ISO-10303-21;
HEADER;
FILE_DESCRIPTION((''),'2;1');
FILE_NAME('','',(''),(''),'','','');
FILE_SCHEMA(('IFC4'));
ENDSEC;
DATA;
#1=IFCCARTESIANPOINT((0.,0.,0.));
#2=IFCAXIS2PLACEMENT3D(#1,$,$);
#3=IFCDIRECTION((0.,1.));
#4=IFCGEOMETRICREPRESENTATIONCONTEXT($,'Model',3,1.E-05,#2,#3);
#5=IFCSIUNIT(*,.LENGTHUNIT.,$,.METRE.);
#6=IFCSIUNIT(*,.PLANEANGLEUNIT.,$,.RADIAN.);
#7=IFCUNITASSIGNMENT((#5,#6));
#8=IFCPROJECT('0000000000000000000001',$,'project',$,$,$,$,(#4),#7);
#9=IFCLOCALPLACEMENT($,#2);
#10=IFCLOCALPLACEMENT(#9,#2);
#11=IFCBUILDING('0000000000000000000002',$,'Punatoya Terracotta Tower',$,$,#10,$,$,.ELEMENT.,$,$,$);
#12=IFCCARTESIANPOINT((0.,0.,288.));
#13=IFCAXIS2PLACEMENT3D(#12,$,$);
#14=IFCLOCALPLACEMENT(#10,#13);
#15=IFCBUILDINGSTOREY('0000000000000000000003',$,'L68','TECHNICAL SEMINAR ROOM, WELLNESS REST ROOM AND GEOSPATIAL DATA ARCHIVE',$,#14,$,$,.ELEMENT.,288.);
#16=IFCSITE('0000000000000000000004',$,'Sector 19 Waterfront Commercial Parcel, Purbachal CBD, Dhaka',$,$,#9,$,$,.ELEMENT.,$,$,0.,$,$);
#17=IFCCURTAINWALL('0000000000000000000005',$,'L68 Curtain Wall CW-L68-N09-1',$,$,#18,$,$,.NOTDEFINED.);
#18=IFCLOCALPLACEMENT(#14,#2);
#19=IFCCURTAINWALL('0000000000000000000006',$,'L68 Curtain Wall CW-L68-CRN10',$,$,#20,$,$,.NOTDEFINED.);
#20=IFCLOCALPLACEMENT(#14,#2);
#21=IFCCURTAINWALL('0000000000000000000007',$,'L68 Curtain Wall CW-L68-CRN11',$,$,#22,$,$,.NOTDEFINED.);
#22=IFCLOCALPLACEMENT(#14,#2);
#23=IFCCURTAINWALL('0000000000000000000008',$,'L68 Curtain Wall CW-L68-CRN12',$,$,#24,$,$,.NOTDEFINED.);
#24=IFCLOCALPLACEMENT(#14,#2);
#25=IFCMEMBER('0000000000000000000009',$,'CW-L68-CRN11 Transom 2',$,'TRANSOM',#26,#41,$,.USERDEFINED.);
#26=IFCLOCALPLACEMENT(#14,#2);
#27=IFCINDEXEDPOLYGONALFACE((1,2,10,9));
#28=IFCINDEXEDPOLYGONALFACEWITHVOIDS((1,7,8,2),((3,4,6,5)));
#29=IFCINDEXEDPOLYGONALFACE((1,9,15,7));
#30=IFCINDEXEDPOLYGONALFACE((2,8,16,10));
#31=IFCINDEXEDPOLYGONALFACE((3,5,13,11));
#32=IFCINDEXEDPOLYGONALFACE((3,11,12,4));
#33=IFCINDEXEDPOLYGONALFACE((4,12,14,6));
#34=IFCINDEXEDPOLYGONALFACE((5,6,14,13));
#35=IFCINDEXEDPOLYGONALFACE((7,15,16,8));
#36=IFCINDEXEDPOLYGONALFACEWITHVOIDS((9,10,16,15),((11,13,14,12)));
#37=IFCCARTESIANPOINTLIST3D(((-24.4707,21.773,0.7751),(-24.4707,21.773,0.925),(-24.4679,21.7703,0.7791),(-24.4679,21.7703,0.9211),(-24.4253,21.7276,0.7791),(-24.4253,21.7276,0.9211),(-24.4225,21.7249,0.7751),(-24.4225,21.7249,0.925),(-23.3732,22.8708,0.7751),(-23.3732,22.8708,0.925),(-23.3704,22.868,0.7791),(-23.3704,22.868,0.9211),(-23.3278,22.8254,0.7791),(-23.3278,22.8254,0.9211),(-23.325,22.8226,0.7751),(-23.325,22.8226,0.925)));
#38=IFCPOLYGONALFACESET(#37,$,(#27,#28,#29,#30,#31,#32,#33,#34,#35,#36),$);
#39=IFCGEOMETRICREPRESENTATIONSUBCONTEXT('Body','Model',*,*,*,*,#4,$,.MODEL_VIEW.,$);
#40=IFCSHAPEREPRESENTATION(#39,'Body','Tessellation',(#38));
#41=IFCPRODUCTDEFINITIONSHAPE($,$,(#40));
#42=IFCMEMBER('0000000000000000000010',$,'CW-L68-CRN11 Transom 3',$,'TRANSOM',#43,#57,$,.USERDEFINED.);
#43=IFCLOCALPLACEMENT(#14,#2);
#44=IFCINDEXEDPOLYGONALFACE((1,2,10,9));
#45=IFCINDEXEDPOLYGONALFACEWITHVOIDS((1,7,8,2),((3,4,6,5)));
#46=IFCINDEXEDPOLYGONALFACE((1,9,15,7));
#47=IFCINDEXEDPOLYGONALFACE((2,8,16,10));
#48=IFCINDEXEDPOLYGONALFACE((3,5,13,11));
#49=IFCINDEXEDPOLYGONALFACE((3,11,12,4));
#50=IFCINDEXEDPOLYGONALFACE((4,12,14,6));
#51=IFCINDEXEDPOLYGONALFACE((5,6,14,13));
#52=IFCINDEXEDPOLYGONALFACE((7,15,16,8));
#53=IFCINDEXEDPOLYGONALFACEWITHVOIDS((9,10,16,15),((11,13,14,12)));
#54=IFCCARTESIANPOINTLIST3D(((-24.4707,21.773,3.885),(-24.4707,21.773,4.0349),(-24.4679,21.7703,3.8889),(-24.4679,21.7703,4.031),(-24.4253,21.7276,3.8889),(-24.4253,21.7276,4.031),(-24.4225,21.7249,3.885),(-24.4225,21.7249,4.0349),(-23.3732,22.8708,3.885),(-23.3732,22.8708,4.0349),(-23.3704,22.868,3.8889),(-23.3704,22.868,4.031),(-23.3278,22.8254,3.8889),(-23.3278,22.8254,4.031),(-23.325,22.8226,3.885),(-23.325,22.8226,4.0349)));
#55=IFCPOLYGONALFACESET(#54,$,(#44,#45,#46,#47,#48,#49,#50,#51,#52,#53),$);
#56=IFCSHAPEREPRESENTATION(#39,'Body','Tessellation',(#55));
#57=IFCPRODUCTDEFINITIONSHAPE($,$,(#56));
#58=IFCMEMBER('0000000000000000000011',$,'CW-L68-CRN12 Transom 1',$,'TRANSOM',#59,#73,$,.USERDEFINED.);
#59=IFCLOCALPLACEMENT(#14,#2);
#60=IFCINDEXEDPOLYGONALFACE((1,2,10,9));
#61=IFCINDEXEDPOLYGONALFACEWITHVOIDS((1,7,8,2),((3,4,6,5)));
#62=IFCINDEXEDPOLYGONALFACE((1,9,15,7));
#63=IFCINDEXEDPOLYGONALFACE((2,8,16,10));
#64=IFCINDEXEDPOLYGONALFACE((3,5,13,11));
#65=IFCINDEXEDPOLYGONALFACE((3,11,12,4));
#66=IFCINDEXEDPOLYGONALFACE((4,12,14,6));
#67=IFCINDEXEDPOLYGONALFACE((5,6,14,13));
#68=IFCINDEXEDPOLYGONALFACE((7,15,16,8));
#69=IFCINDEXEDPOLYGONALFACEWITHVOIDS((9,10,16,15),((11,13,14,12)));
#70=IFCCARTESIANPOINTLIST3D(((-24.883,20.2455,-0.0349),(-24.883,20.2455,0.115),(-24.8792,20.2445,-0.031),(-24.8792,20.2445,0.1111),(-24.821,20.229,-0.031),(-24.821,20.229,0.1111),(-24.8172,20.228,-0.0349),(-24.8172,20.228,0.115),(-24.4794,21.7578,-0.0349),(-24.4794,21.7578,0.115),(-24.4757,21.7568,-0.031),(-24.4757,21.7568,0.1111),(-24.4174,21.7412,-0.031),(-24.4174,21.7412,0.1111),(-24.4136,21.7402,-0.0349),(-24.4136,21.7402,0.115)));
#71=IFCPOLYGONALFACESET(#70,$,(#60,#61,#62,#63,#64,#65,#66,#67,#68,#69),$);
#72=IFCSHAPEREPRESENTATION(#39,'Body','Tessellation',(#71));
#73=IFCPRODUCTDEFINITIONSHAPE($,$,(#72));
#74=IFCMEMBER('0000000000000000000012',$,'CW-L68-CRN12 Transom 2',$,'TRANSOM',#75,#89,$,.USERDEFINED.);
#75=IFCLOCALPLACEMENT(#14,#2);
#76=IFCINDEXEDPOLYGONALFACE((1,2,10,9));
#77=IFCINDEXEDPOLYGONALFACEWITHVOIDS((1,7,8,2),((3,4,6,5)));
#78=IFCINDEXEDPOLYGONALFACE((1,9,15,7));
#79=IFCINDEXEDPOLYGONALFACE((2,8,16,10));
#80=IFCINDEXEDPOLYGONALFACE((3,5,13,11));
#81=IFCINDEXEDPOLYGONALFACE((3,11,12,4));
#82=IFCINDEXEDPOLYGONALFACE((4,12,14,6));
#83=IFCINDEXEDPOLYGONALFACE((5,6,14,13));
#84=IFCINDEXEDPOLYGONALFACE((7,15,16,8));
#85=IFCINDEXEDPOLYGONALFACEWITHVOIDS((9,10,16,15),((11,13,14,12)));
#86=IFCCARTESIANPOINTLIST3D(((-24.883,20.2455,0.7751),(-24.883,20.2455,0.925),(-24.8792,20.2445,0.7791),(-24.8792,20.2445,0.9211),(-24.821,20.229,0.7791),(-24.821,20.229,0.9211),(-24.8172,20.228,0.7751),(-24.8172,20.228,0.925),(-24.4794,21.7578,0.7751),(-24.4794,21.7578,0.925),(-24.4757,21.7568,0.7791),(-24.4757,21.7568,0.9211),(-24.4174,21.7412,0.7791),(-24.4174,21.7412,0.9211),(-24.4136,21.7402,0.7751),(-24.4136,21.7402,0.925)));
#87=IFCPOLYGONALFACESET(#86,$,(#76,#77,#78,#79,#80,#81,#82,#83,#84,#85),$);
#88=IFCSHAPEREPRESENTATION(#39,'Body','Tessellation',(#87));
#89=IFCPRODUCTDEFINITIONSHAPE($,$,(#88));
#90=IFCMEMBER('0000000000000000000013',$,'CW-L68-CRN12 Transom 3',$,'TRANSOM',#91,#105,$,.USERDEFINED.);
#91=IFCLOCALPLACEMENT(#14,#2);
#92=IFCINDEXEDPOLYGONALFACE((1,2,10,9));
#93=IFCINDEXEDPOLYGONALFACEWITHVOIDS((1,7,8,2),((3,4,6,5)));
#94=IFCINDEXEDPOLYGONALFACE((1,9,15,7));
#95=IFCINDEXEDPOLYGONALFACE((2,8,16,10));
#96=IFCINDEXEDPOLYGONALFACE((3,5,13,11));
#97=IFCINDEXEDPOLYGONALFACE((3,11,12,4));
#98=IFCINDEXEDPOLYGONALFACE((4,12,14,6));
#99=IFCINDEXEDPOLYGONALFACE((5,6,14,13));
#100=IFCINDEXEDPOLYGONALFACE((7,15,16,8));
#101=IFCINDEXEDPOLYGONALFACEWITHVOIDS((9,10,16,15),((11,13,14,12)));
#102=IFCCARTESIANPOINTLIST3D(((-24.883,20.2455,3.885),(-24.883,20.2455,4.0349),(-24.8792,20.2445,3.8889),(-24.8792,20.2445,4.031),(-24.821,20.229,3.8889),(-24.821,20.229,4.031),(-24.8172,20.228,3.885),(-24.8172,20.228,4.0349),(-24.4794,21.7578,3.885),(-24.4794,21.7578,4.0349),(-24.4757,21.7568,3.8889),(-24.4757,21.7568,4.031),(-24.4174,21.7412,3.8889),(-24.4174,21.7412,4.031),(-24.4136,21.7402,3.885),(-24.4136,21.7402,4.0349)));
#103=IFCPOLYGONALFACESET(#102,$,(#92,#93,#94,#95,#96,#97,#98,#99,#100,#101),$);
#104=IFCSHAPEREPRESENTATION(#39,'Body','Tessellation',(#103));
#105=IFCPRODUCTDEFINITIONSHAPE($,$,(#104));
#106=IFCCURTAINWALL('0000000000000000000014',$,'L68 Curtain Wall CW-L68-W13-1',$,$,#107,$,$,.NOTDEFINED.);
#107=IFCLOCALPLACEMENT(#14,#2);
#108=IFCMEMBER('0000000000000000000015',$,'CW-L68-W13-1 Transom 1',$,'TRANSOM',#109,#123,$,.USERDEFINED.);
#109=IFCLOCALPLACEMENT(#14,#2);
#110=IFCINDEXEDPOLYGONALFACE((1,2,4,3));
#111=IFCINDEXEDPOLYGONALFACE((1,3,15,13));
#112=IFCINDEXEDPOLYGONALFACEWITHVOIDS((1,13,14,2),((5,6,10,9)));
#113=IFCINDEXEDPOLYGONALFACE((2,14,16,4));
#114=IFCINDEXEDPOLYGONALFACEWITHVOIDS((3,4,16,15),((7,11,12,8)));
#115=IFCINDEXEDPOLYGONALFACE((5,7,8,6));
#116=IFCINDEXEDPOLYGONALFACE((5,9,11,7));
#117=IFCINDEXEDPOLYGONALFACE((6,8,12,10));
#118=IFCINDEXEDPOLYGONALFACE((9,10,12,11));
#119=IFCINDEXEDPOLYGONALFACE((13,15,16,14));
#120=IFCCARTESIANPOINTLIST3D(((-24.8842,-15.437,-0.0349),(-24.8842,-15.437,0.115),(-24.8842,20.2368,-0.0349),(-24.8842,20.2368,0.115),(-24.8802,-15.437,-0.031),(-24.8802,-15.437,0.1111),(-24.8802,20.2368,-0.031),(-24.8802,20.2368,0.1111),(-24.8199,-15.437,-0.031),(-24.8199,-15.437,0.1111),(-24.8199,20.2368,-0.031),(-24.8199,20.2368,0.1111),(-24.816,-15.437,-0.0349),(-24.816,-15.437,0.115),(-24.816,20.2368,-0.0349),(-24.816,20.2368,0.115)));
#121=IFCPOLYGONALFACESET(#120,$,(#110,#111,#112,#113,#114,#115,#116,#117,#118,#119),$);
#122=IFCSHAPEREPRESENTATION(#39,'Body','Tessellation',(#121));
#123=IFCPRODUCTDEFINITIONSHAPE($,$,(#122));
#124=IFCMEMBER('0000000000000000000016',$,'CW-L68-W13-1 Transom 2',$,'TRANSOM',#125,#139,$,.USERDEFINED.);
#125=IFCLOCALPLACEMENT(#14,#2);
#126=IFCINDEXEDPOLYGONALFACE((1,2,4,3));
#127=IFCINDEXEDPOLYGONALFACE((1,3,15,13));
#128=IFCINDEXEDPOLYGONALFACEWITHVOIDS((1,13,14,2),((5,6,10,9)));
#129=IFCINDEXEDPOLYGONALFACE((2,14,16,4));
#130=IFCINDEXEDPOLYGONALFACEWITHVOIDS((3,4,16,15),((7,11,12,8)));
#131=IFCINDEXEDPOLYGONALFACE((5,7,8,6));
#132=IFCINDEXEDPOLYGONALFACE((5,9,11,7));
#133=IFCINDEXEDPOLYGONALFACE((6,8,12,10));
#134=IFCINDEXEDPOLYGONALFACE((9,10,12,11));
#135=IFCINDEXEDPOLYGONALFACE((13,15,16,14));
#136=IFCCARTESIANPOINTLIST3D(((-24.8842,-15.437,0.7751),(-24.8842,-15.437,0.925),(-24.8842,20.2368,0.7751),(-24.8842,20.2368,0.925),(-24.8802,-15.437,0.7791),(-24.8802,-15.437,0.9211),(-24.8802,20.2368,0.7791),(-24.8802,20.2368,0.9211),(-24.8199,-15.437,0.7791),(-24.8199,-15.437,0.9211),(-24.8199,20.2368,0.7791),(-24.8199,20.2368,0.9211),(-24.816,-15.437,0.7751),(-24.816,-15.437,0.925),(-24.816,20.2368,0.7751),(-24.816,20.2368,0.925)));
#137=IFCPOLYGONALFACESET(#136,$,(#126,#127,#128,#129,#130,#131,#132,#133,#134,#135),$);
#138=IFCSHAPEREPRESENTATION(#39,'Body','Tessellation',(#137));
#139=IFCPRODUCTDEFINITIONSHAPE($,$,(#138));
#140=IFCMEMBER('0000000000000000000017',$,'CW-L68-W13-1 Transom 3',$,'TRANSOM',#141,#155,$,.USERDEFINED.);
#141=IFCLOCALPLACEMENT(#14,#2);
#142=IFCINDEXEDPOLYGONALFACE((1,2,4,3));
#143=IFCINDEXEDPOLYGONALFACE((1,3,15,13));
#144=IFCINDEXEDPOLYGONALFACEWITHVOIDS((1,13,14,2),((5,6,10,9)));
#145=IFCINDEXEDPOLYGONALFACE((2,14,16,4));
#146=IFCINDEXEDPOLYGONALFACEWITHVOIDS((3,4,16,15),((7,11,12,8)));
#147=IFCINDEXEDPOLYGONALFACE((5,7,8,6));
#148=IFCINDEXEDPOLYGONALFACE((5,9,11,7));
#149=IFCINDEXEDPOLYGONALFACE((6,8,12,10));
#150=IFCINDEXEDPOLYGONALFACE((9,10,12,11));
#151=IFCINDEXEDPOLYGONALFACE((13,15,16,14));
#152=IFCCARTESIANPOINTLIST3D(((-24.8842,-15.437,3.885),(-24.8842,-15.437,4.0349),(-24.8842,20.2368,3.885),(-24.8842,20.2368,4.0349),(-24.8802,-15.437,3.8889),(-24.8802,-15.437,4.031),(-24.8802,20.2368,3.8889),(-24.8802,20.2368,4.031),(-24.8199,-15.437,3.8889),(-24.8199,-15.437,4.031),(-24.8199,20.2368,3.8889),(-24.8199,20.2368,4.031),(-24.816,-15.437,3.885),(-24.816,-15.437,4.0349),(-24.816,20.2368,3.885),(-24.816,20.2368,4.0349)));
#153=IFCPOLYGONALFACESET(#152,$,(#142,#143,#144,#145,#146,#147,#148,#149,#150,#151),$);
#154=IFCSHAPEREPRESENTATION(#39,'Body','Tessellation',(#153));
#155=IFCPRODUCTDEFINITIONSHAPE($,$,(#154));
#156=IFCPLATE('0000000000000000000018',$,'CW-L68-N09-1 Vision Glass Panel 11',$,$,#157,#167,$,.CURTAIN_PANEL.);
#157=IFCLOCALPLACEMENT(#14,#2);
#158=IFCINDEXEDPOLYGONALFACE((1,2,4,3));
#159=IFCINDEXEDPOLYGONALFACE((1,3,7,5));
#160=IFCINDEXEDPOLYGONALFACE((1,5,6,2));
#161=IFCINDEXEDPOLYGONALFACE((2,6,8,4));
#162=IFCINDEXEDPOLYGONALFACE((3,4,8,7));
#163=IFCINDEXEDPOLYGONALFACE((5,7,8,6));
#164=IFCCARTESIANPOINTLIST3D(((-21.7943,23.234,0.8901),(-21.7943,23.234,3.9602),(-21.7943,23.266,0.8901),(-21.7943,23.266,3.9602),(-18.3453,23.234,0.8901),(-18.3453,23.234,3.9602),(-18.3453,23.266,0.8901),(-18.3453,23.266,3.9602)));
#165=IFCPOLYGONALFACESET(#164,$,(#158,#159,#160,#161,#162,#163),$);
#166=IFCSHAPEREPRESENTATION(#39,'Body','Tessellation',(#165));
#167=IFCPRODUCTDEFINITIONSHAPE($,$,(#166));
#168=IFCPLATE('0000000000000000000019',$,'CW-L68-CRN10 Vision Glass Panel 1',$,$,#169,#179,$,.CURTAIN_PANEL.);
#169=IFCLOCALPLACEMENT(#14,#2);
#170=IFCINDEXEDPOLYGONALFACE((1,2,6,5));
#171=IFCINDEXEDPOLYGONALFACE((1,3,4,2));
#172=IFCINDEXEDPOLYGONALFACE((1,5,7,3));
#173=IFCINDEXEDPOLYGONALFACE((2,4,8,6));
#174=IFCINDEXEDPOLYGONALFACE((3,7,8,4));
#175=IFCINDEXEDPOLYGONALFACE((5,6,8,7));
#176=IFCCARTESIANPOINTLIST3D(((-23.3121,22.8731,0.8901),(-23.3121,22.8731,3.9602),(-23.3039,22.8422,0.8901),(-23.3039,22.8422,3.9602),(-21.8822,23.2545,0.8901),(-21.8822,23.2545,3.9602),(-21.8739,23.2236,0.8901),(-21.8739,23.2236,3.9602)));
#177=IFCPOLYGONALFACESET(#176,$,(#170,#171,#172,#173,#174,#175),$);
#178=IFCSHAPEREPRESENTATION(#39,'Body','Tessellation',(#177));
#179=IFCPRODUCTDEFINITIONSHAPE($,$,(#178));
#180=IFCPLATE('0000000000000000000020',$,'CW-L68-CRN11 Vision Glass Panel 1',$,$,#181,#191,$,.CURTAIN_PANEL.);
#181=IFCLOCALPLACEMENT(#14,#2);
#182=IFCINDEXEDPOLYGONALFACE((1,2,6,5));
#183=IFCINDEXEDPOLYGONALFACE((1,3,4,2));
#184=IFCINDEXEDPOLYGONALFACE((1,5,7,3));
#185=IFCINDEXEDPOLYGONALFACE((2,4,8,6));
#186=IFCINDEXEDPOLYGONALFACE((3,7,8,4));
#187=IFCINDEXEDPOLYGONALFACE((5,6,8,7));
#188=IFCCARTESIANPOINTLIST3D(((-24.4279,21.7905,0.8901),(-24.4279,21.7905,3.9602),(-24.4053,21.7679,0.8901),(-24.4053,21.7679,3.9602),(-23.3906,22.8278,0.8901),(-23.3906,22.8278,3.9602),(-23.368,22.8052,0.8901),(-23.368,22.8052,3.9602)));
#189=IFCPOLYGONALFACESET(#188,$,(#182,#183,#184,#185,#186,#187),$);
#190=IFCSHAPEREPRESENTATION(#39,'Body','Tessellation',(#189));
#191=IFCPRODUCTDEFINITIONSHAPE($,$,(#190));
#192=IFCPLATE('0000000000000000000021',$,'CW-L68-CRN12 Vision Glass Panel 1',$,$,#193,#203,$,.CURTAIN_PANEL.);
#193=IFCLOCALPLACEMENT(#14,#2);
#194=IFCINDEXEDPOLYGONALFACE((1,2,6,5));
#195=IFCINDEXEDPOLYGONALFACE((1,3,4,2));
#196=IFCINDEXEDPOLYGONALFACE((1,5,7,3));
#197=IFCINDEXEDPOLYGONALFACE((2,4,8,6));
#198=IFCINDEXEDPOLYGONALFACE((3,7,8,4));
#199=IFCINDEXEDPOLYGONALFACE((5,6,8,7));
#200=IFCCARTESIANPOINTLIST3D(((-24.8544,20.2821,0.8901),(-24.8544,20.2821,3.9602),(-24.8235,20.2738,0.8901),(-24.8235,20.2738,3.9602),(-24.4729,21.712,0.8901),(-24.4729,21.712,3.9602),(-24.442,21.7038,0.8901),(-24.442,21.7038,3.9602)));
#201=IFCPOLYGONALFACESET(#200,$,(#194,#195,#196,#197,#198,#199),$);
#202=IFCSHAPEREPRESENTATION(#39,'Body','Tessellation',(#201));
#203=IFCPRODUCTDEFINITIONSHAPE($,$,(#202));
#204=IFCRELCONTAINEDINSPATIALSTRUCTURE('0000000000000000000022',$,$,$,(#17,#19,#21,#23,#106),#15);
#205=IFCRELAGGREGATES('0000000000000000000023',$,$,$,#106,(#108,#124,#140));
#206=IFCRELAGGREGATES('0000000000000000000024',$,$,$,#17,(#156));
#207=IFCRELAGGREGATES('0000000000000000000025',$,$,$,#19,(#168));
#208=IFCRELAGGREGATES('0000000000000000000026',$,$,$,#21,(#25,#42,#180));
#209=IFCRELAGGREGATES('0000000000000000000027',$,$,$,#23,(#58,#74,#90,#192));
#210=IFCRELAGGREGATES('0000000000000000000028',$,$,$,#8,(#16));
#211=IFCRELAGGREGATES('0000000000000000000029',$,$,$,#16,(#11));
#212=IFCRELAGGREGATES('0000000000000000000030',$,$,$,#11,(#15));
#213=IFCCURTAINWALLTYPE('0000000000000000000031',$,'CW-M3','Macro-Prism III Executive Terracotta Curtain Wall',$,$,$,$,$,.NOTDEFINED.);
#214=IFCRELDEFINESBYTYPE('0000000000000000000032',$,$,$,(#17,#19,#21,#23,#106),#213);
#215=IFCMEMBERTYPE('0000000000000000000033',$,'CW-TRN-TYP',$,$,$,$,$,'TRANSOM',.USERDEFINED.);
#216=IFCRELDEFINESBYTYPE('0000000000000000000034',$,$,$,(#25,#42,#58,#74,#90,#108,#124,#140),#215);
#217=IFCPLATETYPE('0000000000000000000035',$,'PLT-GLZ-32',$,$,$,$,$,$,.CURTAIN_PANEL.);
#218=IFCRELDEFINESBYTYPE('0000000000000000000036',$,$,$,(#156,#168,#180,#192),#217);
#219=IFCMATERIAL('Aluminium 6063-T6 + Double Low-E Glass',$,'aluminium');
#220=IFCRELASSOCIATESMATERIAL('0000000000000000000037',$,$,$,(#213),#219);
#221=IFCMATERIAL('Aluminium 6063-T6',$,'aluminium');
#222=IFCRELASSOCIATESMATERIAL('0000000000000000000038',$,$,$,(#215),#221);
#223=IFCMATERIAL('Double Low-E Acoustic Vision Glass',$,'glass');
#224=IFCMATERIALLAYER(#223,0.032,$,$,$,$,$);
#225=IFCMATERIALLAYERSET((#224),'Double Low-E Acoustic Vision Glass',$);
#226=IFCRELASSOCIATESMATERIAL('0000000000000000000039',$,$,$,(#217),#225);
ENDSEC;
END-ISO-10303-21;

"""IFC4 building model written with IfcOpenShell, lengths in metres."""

from ifc_helpers import new_model, si_unit, direction, frame, origin, origin_2d, place, context, subcontext, project, spatial, rectangle, hollow_rectangle, extrude, material, layer, layer_set, material_profile, profile_set, type_object, element, aggregate, save


model = new_model("IFC4")

# Units and contexts
model_context = context("Model", 3, precision=1e-05, world=origin(), true_north=direction((0.0, 1.0)))
body_context = subcontext(model_context, "Body", "Model", "MODEL_VIEW")
ifc_project = project(units=[si_unit("LENGTHUNIT", "METRE"), si_unit("PLANEANGLEUNIT", "RADIAN")], contexts=[model_context])

# Site, building, storey
site_placement = place(None, origin())
site = spatial("IfcSite", under=ifc_project, at=site_placement, Name="Sector 19 Waterfront Commercial Parcel, Purbachal CBD, Dhaka", CompositionType="ELEMENT", RefElevation=0.0)
building_placement = place(site_placement, origin())
building = spatial("IfcBuilding", under=site, at=building_placement, Name="Punatoya Terracotta Tower", CompositionType="ELEMENT")
storey_placement = place(building_placement, frame((0.0, 0.0, 288.0)))
storey = spatial("IfcBuildingStorey", under=building, at=storey_placement, Name="L68", Description="TECHNICAL SEMINAR ROOM, WELLNESS REST ROOM AND GEOSPATIAL DATA ARCHIVE", CompositionType="ELEMENT", Elevation=288.0)

# Curtain wall
ifc_material_1 = material(Name="Aluminium 6063-T6 + Double Low-E Glass", Category="aluminium")
curtain_wall_type = type_object("IfcCurtainWallType", Name="CW-M3", Description="Macro-Prism III Executive Terracotta Curtain Wall", PredefinedType="NOTDEFINED", material=ifc_material_1)
curtain_wall_1_placement = place(storey_placement, origin())
curtain_wall_1 = element("IfcCurtainWall", 1, at=curtain_wall_1_placement, inside=storey, type_object=curtain_wall_type, Name="L68 Curtain Wall CW-L68-N09-1", PredefinedType="NOTDEFINED")
ifc_material_2 = material(Name="Aluminium 6063-T6", Category="aluminium")

# Curtain walls
curtain_wall_2_placement = place(storey_placement, origin())
curtain_wall_2 = element("IfcCurtainWall", 2, at=curtain_wall_2_placement, inside=storey, type_object=curtain_wall_type, Name="L68 Curtain Wall CW-L68-CRN10", PredefinedType="NOTDEFINED")
curtain_wall_3_placement = place(storey_placement, origin())
curtain_wall_3 = element("IfcCurtainWall", 3, at=curtain_wall_3_placement, inside=storey, type_object=curtain_wall_type, Name="L68 Curtain Wall CW-L68-CRN11", PredefinedType="NOTDEFINED")
curtain_wall_4_placement = place(storey_placement, origin())
curtain_wall_4 = element("IfcCurtainWall", 4, at=curtain_wall_4_placement, inside=storey, type_object=curtain_wall_type, Name="L68 Curtain Wall CW-L68-CRN12", PredefinedType="NOTDEFINED")

# Members
ifc_material_profile_1 = material_profile(ifc_material_2, hollow_rectangle(XDim=0.0681, YDim=0.1499, WallThickness=0.0039, at=origin_2d()))
ifc_profile_set_1 = profile_set([ifc_material_profile_1], Name="Aluminium 6063-T6")
member_type_1 = type_object("IfcMemberType", Name="CW-TRN-TYP", ElementType="TRANSOM", PredefinedType="USERDEFINED", material=ifc_profile_set_1)
member_1_placement = place(storey_placement, frame((-23.3491, 22.8467, 0.8501), z_axis=(-0.707028, -0.707185, 0.0), x_axis=(0.707185, -0.707028, 0.0)))
member_1 = element("IfcMember", 5, at=member_1_placement, type_object=member_type_1, Name="CW-L68-CRN11 Transom 2", ObjectType="TRANSOM", PredefinedType="USERDEFINED", context=body_context, shape_type="SweptSolid", body=[
    extrude(hollow_rectangle(XDim=0.0681, YDim=0.1499, WallThickness=0.0039, at=origin_2d()), origin(), (0.0, 0.0, 1.0), 1.5522),
])
member_2_placement = place(storey_placement, frame((-23.3491, 22.8467, 3.96), z_axis=(-0.707028, -0.707185, 0.0), x_axis=(0.707185, -0.707028, 0.0)))
member_2 = element("IfcMember", 6, at=member_2_placement, type_object=member_type_1, Name="CW-L68-CRN11 Transom 3", ObjectType="TRANSOM", PredefinedType="USERDEFINED", context=body_context, shape_type="SweptSolid", body=[
    extrude(hollow_rectangle(XDim=0.0681, YDim=0.1499, WallThickness=0.0039, at=origin_2d()), origin(), (0.0, 0.0, 1.0), 1.5522),
])
member_3_placement = place(storey_placement, frame((-24.4465, 21.749, 0.04), z_axis=(-0.257847, -0.966186, 0.0), x_axis=(0.966186, -0.257847, 0.0)))
member_3 = element("IfcMember", 7, at=member_3_placement, type_object=member_type_1, Name="CW-L68-CRN12 Transom 1", ObjectType="TRANSOM", PredefinedType="USERDEFINED", context=body_context, shape_type="SweptSolid", body=[
    extrude(hollow_rectangle(XDim=0.0681, YDim=0.1499, WallThickness=0.0039, at=origin_2d()), origin(), (0.0, 0.0, 1.0), 1.5652),
])
member_4_placement = place(storey_placement, frame((-24.4465, 21.749, 0.8501), z_axis=(-0.257847, -0.966186, 0.0), x_axis=(0.966186, -0.257847, 0.0)))
member_4 = element("IfcMember", 8, at=member_4_placement, type_object=member_type_1, Name="CW-L68-CRN12 Transom 2", ObjectType="TRANSOM", PredefinedType="USERDEFINED", context=body_context, shape_type="SweptSolid", body=[
    extrude(hollow_rectangle(XDim=0.0681, YDim=0.1499, WallThickness=0.0039, at=origin_2d()), origin(), (0.0, 0.0, 1.0), 1.5652),
])
member_5_placement = place(storey_placement, frame((-24.4465, 21.749, 3.96), z_axis=(-0.257847, -0.966186, 0.0), x_axis=(0.966186, -0.257847, 0.0)))
member_5 = element("IfcMember", 9, at=member_5_placement, type_object=member_type_1, Name="CW-L68-CRN12 Transom 3", ObjectType="TRANSOM", PredefinedType="USERDEFINED", context=body_context, shape_type="SweptSolid", body=[
    extrude(hollow_rectangle(XDim=0.0681, YDim=0.1499, WallThickness=0.0039, at=origin_2d()), origin(), (0.0, 0.0, 1.0), 1.5652),
])

# Curtain wall, members
curtain_wall_5_placement = place(storey_placement, origin())
curtain_wall_5 = element("IfcCurtainWall", 10, at=curtain_wall_5_placement, inside=storey, type_object=curtain_wall_type, Name="L68 Curtain Wall CW-L68-W13-1", PredefinedType="NOTDEFINED")
member_6_placement = place(storey_placement, frame((-24.8501, 20.2368, 0.04), z_axis=(0.0, -1.0, 0.0), x_axis=(1.0, 0.0, 0.0)))
member_6 = element("IfcMember", 11, at=member_6_placement, type_object=member_type_1, Name="CW-L68-W13-1 Transom 1", ObjectType="TRANSOM", PredefinedType="USERDEFINED", context=body_context, shape_type="SweptSolid", body=[
    extrude(hollow_rectangle(XDim=0.0681, YDim=0.1499, WallThickness=0.0039, at=origin_2d()), origin(), (0.0, 0.0, 1.0), 35.6738),
])
member_7_placement = place(storey_placement, frame((-24.8501, 20.2368, 0.8501), z_axis=(0.0, -1.0, 0.0), x_axis=(1.0, 0.0, 0.0)))
member_7 = element("IfcMember", 12, at=member_7_placement, type_object=member_type_1, Name="CW-L68-W13-1 Transom 2", ObjectType="TRANSOM", PredefinedType="USERDEFINED", context=body_context, shape_type="SweptSolid", body=[
    extrude(hollow_rectangle(XDim=0.0681, YDim=0.1499, WallThickness=0.0039, at=origin_2d()), origin(), (0.0, 0.0, 1.0), 35.6738),
])
member_8_placement = place(storey_placement, frame((-24.8501, 20.2368, 3.96), z_axis=(0.0, -1.0, 0.0), x_axis=(1.0, 0.0, 0.0)))
member_8 = element("IfcMember", 13, at=member_8_placement, type_object=member_type_1, Name="CW-L68-W13-1 Transom 3", ObjectType="TRANSOM", PredefinedType="USERDEFINED", context=body_context, shape_type="SweptSolid", body=[
    extrude(hollow_rectangle(XDim=0.0681, YDim=0.1499, WallThickness=0.0039, at=origin_2d()), origin(), (0.0, 0.0, 1.0), 35.6738),
])
aggregate(curtain_wall_5, [member_6, member_7, member_8])

# Plates
ifc_material_3 = material(Name="Double Low-E Acoustic Vision Glass", Category="glass")
ifc_layer_1 = layer(ifc_material_3, 0.032)
ifc_layer_set_1 = layer_set([ifc_layer_1], Name="Double Low-E Acoustic Vision Glass")
plate_type_1 = type_object("IfcPlateType", Name="PLT-GLZ-32", PredefinedType="CURTAIN_PANEL", material=ifc_layer_set_1)
plate_1_placement = place(storey_placement, frame((-20.0698, 23.25, 0.8901), z_axis=(0.0, 0.0, 1.0), x_axis=(-1.0, 0.0, 0.0)))
plate_1 = element("IfcPlate", 14, at=plate_1_placement, type_object=plate_type_1, Name="CW-L68-N09-1 Vision Glass Panel 11", PredefinedType="CURTAIN_PANEL", context=body_context, shape_type="SweptSolid", body=[
    extrude(rectangle(XDim=3.449, YDim=0.032, at=origin_2d()), origin(), (0.0, 0.0, 1.0), 3.0701),
])
plate_2_placement = place(storey_placement, frame((-22.593, 23.0483, 0.8901), z_axis=(0.0, 0.0, 1.0), x_axis=(-0.966214, -0.257742, 0.0)))
plate_2 = element("IfcPlate", 15, at=plate_2_placement, type_object=plate_type_1, Name="CW-L68-CRN10 Vision Glass Panel 1", PredefinedType="CURTAIN_PANEL", context=body_context, shape_type="SweptSolid", body=[
    extrude(rectangle(XDim=1.48, YDim=0.032, at=origin_2d()), origin(), (0.0, 0.0, 1.0), 3.0701),
])
plate_3_placement = place(storey_placement, frame((-23.8979, 22.2979, 0.8901), z_axis=(0.0, 0.0, 1.0), x_axis=(-0.707107, -0.707107, 0.0)))
plate_3 = element("IfcPlate", 16, at=plate_3_placement, type_object=plate_type_1, Name="CW-L68-CRN11 Vision Glass Panel 1", PredefinedType="CURTAIN_PANEL", context=body_context, shape_type="SweptSolid", body=[
    extrude(rectangle(XDim=1.467, YDim=0.032, at=origin_2d()), origin(), (0.0, 0.0, 1.0), 3.0701),
])
plate_4_placement = place(storey_placement, frame((-24.6482, 20.9929, 0.8901), z_axis=(0.0, 0.0, 1.0), x_axis=(-0.257742, -0.966214, 0.0)))
plate_4 = element("IfcPlate", 17, at=plate_4_placement, type_object=plate_type_1, Name="CW-L68-CRN12 Vision Glass Panel 1", PredefinedType="CURTAIN_PANEL", context=body_context, shape_type="SweptSolid", body=[
    extrude(rectangle(XDim=1.48, YDim=0.032, at=origin_2d()), origin(), (0.0, 0.0, 1.0), 3.0701),
])
aggregate(curtain_wall_1, [plate_1])
aggregate(curtain_wall_2, [plate_2])
aggregate(curtain_wall_3, [member_1, member_2, plate_3])
aggregate(curtain_wall_4, [member_3, member_4, member_5, plate_4])

save(model, "model.ifc")
